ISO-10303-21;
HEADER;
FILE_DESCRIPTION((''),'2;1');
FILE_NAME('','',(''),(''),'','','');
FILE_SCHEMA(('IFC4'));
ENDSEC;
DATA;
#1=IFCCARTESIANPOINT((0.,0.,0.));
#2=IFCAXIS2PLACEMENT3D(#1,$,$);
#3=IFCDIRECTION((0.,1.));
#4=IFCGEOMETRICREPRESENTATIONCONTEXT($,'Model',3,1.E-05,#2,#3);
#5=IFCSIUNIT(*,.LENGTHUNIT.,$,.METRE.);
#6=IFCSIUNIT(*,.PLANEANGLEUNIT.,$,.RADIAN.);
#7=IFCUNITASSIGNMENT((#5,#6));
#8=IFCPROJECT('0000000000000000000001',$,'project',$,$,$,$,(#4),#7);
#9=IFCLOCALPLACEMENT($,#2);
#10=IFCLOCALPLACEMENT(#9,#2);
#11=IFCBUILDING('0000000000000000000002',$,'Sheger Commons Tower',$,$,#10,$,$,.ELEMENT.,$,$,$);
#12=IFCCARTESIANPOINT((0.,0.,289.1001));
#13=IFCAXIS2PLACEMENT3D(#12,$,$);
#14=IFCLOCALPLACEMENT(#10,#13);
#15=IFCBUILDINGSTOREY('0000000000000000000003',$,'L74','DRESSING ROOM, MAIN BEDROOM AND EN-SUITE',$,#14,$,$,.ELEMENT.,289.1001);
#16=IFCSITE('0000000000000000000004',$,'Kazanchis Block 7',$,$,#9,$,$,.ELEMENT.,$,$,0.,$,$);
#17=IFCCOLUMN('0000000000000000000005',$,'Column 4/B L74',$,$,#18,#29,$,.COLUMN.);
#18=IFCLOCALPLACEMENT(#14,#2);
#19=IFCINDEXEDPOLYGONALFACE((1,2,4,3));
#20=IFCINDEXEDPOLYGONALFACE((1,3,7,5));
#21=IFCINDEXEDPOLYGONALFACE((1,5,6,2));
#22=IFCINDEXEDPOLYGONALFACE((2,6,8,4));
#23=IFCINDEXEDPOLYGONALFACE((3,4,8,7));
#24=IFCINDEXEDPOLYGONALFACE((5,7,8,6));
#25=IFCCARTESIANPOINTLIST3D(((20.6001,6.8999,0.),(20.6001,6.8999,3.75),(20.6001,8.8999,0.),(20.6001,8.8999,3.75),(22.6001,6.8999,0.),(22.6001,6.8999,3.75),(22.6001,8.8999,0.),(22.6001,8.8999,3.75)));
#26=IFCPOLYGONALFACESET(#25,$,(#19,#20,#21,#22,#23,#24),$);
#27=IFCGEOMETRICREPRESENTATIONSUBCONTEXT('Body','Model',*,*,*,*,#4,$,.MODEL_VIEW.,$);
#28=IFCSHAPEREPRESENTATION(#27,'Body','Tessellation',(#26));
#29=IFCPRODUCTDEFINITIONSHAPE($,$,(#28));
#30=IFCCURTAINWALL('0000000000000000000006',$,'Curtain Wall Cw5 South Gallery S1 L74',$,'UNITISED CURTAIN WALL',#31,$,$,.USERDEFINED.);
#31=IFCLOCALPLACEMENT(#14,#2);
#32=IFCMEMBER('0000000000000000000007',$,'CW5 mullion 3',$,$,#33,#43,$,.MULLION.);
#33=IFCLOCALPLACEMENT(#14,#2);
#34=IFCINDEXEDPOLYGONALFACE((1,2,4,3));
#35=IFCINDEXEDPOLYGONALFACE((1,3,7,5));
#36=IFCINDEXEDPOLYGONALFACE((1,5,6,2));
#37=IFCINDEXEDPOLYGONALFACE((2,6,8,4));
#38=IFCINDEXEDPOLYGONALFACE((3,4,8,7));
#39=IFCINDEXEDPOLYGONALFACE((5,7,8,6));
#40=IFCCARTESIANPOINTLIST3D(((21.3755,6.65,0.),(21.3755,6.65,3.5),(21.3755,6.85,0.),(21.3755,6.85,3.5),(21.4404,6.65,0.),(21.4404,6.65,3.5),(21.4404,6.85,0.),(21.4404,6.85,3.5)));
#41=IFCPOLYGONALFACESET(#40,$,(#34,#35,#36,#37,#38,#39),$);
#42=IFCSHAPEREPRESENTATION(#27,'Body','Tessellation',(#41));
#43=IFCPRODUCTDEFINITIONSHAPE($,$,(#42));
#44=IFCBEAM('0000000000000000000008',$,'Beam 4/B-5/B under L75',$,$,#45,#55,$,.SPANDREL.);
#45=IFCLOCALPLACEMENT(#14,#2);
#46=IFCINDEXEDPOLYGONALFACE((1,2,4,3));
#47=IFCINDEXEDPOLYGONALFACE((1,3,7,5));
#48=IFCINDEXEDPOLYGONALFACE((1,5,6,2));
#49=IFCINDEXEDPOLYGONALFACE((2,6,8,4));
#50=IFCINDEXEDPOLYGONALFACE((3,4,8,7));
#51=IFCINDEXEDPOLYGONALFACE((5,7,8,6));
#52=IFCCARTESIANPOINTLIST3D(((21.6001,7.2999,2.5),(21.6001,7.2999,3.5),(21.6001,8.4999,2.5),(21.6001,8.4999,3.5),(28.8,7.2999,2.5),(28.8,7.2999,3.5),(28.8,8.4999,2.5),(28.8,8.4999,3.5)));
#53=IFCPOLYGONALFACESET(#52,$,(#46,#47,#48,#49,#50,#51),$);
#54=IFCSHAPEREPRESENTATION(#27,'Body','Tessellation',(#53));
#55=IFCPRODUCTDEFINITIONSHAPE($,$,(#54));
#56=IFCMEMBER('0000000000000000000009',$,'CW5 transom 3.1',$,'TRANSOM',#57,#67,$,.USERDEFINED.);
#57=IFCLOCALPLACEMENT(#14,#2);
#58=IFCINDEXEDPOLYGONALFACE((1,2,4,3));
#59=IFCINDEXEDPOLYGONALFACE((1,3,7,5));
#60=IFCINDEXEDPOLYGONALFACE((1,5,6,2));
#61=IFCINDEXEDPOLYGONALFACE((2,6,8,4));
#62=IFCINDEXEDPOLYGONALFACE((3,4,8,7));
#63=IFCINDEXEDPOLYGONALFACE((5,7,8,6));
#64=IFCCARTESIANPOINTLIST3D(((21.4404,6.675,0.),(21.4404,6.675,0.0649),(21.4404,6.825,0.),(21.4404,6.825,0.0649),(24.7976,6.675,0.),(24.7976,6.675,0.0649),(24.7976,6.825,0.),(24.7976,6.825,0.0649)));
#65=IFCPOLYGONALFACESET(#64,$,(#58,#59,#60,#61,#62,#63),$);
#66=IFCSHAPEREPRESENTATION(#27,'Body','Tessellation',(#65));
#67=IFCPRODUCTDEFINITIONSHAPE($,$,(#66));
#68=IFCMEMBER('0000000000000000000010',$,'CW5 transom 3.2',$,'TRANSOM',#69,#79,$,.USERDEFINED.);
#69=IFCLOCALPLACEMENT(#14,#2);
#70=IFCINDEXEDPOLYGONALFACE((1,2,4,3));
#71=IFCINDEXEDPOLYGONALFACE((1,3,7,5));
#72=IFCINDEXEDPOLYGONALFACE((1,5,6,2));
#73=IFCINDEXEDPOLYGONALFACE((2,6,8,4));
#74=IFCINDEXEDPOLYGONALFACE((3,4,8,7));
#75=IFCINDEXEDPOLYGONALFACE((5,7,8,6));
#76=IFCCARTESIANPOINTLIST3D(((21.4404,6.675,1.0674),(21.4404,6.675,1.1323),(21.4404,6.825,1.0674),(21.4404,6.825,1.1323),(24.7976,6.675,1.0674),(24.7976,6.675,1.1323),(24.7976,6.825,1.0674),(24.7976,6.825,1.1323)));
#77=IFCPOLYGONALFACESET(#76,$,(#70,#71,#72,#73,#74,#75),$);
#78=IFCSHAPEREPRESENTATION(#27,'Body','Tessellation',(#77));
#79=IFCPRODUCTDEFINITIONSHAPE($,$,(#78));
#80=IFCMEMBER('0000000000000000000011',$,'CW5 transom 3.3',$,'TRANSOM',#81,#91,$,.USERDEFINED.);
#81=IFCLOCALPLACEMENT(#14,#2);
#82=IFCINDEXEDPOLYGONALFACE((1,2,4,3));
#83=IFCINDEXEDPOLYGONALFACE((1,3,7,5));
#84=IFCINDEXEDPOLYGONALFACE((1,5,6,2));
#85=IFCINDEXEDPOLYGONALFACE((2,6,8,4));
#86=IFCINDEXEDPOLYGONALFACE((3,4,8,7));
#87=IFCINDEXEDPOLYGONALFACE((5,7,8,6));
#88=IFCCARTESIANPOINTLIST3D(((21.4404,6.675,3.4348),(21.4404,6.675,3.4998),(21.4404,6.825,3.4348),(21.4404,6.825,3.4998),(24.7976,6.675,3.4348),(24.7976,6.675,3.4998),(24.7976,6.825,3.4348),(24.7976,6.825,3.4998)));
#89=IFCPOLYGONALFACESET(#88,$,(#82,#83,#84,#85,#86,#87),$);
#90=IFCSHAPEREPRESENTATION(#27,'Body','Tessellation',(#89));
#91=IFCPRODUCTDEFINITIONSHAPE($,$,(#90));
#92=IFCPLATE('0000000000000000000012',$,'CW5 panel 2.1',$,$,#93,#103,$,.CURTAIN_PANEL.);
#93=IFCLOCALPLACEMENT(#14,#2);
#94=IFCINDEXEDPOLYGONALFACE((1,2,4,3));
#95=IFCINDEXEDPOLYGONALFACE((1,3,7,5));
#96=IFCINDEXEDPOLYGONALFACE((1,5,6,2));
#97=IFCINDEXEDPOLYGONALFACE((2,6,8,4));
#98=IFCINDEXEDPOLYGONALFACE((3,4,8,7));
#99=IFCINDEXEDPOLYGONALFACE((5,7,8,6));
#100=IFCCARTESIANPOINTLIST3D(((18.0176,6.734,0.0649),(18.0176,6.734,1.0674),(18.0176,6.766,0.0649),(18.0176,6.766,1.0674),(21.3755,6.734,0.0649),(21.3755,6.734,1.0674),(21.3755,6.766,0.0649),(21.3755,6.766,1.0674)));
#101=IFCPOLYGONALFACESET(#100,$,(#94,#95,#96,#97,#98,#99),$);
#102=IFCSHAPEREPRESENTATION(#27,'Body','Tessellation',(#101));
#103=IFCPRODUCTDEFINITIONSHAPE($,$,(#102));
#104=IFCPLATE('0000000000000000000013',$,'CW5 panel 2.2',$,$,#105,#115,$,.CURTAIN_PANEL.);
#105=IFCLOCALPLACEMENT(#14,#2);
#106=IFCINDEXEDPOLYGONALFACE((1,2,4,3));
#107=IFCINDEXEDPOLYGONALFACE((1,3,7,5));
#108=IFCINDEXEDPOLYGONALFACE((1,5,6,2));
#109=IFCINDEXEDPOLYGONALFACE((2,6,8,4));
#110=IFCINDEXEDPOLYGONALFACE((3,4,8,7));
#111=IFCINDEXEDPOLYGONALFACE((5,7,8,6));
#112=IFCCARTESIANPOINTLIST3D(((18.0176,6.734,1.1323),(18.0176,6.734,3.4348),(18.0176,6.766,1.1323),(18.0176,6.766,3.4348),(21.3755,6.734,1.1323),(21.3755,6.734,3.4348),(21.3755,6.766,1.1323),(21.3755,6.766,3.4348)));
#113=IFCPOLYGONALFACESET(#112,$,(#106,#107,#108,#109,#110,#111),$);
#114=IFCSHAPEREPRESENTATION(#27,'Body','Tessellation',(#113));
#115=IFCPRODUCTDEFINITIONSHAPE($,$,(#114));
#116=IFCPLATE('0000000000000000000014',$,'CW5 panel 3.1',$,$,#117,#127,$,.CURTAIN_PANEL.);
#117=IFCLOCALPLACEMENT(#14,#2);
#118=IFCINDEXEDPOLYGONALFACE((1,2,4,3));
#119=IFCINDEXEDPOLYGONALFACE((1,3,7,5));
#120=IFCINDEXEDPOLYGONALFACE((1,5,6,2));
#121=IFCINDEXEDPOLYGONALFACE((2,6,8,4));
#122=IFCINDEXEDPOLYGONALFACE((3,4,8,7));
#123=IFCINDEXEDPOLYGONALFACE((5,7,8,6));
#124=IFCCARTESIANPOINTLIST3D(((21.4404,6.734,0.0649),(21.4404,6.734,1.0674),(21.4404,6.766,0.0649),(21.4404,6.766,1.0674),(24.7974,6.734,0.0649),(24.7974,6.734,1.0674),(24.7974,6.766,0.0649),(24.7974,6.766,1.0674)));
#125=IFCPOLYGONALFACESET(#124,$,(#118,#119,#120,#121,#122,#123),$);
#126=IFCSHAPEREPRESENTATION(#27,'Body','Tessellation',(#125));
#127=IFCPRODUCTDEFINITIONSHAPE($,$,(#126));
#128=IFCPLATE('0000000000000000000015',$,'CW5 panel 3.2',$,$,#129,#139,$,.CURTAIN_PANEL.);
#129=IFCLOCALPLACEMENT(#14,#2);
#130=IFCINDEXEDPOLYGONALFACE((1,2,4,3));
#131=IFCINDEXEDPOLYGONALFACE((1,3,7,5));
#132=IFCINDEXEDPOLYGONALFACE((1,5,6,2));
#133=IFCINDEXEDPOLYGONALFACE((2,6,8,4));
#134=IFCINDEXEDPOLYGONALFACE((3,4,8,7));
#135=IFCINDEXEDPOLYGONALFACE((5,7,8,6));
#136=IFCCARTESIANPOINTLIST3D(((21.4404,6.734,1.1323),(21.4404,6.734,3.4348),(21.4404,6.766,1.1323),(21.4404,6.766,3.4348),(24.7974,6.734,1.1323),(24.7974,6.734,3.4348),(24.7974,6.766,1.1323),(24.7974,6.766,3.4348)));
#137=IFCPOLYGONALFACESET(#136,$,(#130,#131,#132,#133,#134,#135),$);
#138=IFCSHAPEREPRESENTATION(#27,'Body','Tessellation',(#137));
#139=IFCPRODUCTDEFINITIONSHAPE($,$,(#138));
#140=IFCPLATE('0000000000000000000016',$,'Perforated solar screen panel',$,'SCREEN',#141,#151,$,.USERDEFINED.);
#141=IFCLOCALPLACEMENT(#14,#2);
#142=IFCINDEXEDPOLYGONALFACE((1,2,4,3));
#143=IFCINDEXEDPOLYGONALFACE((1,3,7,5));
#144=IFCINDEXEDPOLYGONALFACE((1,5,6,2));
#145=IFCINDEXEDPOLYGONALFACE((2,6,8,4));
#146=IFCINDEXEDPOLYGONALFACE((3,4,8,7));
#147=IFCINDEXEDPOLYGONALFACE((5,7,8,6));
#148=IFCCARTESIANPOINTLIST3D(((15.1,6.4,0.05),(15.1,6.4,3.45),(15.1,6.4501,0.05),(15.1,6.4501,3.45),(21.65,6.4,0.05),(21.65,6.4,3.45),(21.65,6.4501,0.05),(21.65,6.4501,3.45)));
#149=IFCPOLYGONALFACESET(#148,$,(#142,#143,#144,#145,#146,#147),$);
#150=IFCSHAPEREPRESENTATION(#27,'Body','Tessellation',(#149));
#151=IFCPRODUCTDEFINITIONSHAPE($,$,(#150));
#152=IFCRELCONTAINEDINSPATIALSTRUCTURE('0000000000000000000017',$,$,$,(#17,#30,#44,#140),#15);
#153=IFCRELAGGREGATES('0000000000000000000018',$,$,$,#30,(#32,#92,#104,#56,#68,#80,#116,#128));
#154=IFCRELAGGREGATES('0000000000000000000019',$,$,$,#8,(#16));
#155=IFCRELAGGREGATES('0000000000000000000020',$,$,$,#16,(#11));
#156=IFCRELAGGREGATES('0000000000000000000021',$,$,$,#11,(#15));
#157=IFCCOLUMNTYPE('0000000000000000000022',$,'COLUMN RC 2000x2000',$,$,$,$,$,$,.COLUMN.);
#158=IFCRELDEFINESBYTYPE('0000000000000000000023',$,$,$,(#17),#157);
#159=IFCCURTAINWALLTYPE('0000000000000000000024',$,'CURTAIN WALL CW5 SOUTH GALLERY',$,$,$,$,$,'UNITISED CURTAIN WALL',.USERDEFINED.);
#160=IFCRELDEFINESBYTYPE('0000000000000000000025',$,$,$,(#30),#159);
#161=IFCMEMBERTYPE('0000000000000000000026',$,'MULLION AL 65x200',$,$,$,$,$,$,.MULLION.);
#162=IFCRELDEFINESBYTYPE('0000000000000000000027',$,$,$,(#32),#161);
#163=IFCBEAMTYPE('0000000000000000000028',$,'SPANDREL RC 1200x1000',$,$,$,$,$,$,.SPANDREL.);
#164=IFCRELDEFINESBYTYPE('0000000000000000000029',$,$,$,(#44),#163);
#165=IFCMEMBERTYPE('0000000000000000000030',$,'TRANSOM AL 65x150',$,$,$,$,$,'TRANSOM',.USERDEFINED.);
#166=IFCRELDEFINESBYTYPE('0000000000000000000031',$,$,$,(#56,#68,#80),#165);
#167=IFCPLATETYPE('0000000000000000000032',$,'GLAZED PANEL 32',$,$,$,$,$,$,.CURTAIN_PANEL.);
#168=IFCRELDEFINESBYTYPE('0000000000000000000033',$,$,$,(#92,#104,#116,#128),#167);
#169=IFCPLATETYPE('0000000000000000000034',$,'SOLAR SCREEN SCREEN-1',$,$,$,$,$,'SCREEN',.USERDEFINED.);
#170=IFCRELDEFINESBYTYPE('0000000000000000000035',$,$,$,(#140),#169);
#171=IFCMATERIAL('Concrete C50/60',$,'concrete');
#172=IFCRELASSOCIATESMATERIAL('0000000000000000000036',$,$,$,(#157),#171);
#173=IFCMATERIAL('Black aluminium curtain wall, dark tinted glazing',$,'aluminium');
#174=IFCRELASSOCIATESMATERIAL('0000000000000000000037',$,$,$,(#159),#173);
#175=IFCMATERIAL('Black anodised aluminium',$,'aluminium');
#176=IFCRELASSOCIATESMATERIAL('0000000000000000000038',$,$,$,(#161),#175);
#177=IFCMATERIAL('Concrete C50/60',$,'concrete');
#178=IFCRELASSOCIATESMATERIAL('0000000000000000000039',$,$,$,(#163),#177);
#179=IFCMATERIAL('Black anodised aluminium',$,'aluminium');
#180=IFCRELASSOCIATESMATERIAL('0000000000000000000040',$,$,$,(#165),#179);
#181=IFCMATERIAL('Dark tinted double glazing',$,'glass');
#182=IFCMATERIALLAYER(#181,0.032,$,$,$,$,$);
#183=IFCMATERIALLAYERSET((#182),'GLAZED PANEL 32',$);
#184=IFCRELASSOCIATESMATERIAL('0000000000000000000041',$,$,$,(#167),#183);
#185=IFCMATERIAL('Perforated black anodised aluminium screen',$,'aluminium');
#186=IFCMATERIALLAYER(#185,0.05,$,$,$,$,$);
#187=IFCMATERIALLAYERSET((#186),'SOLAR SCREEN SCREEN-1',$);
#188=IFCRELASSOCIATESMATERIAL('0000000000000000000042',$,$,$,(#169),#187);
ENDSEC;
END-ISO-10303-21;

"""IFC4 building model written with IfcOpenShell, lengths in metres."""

from ifc_helpers import new_model, si_unit, direction, frame, origin, origin_2d, place, context, subcontext, project, spatial, rectangle, extrude, material, layer, layer_set, material_profile, profile_set, type_object, element, aggregate, save


model = new_model("IFC4")

# Units and contexts
model_context = context("Model", 3, precision=1e-05, world=origin(), true_north=direction((0.0, 1.0)))
body_context = subcontext(model_context, "Body", "Model", "MODEL_VIEW")
ifc_project = project(units=[si_unit("LENGTHUNIT", "METRE"), si_unit("PLANEANGLEUNIT", "RADIAN")], contexts=[model_context])

# Site, building, storey
site_placement = place(None, origin())
site = spatial("IfcSite", under=ifc_project, at=site_placement, Name="Kazanchis Block 7", CompositionType="ELEMENT", RefElevation=0.0)
building_placement = place(site_placement, origin())
building = spatial("IfcBuilding", under=site, at=building_placement, Name="Sheger Commons Tower", CompositionType="ELEMENT")
storey_placement = place(building_placement, frame((0.0, 0.0, 289.1001)))
storey = spatial("IfcBuildingStorey", under=building, at=storey_placement, Name="L74", Description="DRESSING ROOM, MAIN BEDROOM AND EN-SUITE", CompositionType="ELEMENT", Elevation=289.1001)

# Column
ifc_material_1 = material(Name="Concrete C50/60", Category="concrete")
ifc_material_profile_1 = material_profile(ifc_material_1, rectangle(XDim=2.0, YDim=2.0, at=origin_2d()), Name="RC 2000x2000")
ifc_profile_set_1 = profile_set([ifc_material_profile_1], Name="Concrete C50/60")
column_type = type_object("IfcColumnType", Name="COLUMN RC 2000x2000", PredefinedType="COLUMN", material=ifc_profile_set_1)
column_placement = place(storey_placement, frame((21.6001, 7.8999, 0.0), z_axis=(0.0, 0.0, 1.0), x_axis=(1.0, 0.0, 0.0)))
element("IfcColumn", 1, at=column_placement, inside=storey, type_object=column_type, Name="Column 4/B L74", PredefinedType="COLUMN", context=body_context, shape_type="SweptSolid", body=[
    extrude(rectangle(XDim=2.0, YDim=2.0, at=origin_2d()), origin(), (0.0, 0.0, 1.0), 3.75),
])

# Curtain wall, member
ifc_material_2 = material(Name="Black aluminium curtain wall, dark tinted glazing", Category="aluminium")
curtain_wall_type = type_object("IfcCurtainWallType", Name="CURTAIN WALL CW5 SOUTH GALLERY", ElementType="UNITISED CURTAIN WALL", PredefinedType="USERDEFINED", material=ifc_material_2)
curtain_wall_placement = place(storey_placement, origin())
curtain_wall = element("IfcCurtainWall", 2, at=curtain_wall_placement, inside=storey, type_object=curtain_wall_type, Name="Curtain Wall Cw5 South Gallery S1 L74", ObjectType="UNITISED CURTAIN WALL", PredefinedType="USERDEFINED")
ifc_material_3 = material(Name="Black anodised aluminium", Category="aluminium")
ifc_material_profile_2 = material_profile(ifc_material_3, rectangle(XDim=0.2, YDim=0.0649, at=origin_2d()), Name="AL 65x200")
ifc_profile_set_2 = profile_set([ifc_material_profile_2], Name="Black anodised aluminium")
member_type_1 = type_object("IfcMemberType", Name="MULLION AL 65x200", PredefinedType="MULLION", material=ifc_profile_set_2)
member_1_placement = place(storey_placement, frame((21.408, 6.75, 0.0), z_axis=(0.0, 0.0, 1.0), x_axis=(0.0, 1.0, 0.0)))
member_1 = element("IfcMember", 3, at=member_1_placement, type_object=member_type_1, Name="CW5 mullion 3", PredefinedType="MULLION", context=body_context, shape_type="SweptSolid", body=[
    extrude(rectangle(XDim=0.2, YDim=0.0649, at=origin_2d()), origin(), (0.0, 0.0, 1.0), 3.5),
])

# Beam
ifc_material_4 = material(Name="Concrete C50/60", Category="concrete")
ifc_material_profile_3 = material_profile(ifc_material_4, rectangle(XDim=1.2, YDim=1.0, at=origin_2d()), Name="RC 1200x1000")
ifc_profile_set_3 = profile_set([ifc_material_profile_3], Name="Concrete C50/60")
beam_type = type_object("IfcBeamType", Name="SPANDREL RC 1200x1000", PredefinedType="SPANDREL", material=ifc_profile_set_3)
beam_placement = place(storey_placement, frame((21.6001, 7.8999, 3.0), z_axis=(1.0, 0.0, 0.0), x_axis=(0.0, 1.0, 0.0)))
element("IfcBeam", 4, at=beam_placement, inside=storey, type_object=beam_type, Name="Beam 4/B-5/B under L75", PredefinedType="SPANDREL", context=body_context, shape_type="SweptSolid", body=[
    extrude(rectangle(XDim=1.2, YDim=1.0, at=origin_2d()), origin(), (0.0, 0.0, 1.0), 7.2),
])

# Members
ifc_material_5 = material(Name="Black anodised aluminium", Category="aluminium")
ifc_material_profile_4 = material_profile(ifc_material_5, rectangle(XDim=0.1499, YDim=0.0649, at=origin_2d()), Name="AL 65x150")
ifc_profile_set_4 = profile_set([ifc_material_profile_4], Name="Black anodised aluminium")
member_type_2 = type_object("IfcMemberType", Name="TRANSOM AL 65x150", ElementType="TRANSOM", PredefinedType="USERDEFINED", material=ifc_profile_set_4)
member_2_placement = place(storey_placement, frame((21.4404, 6.75, 0.0325), z_axis=(1.0, 0.0, 0.0), x_axis=(0.0, 1.0, 0.0)))
member_2 = element("IfcMember", 5, at=member_2_placement, type_object=member_type_2, Name="CW5 transom 3.1", ObjectType="TRANSOM", PredefinedType="USERDEFINED", context=body_context, shape_type="SweptSolid", body=[
    extrude(rectangle(XDim=0.1499, YDim=0.0649, at=origin_2d()), origin(), (0.0, 0.0, 1.0), 3.3572),
])
member_3_placement = place(storey_placement, frame((21.4404, 6.75, 1.0999), z_axis=(1.0, 0.0, 0.0), x_axis=(0.0, 1.0, 0.0)))
member_3 = element("IfcMember", 6, at=member_3_placement, type_object=member_type_2, Name="CW5 transom 3.2", ObjectType="TRANSOM", PredefinedType="USERDEFINED", context=body_context, shape_type="SweptSolid", body=[
    extrude(rectangle(XDim=0.1499, YDim=0.0649, at=origin_2d()), origin(), (0.0, 0.0, 1.0), 3.3572),
])
member_4_placement = place(storey_placement, frame((21.4404, 6.75, 3.4673), z_axis=(1.0, 0.0, 0.0), x_axis=(0.0, 1.0, 0.0)))
member_4 = element("IfcMember", 7, at=member_4_placement, type_object=member_type_2, Name="CW5 transom 3.3", ObjectType="TRANSOM", PredefinedType="USERDEFINED", context=body_context, shape_type="SweptSolid", body=[
    extrude(rectangle(XDim=0.1499, YDim=0.0649, at=origin_2d()), origin(), (0.0, 0.0, 1.0), 3.3572),
])

# Plates
ifc_material_6 = material(Name="Dark tinted double glazing", Category="glass")
ifc_layer_1 = layer(ifc_material_6, 0.032)
ifc_layer_set_1 = layer_set([ifc_layer_1], Name="GLAZED PANEL 32")
plate_type_1 = type_object("IfcPlateType", Name="GLAZED PANEL 32", PredefinedType="CURTAIN_PANEL", material=ifc_layer_set_1)
plate_1_placement = place(storey_placement, frame((19.6965, 6.75, 0.0649), z_axis=(0.0, 0.0, 1.0), x_axis=(1.0, 0.0, 0.0)))
plate_1 = element("IfcPlate", 8, at=plate_1_placement, type_object=plate_type_1, Name="CW5 panel 2.1", PredefinedType="CURTAIN_PANEL", context=body_context, shape_type="SweptSolid", body=[
    extrude(rectangle(XDim=3.3579, YDim=0.032, at=origin_2d()), origin(), (0.0, 0.0, 1.0), 1.0024),
])
plate_2_placement = place(storey_placement, frame((19.6965, 6.75, 1.1323), z_axis=(0.0, 0.0, 1.0), x_axis=(1.0, 0.0, 0.0)))
plate_2 = element("IfcPlate", 9, at=plate_2_placement, type_object=plate_type_1, Name="CW5 panel 2.2", PredefinedType="CURTAIN_PANEL", context=body_context, shape_type="SweptSolid", body=[
    extrude(rectangle(XDim=3.3579, YDim=0.032, at=origin_2d()), origin(), (0.0, 0.0, 1.0), 2.3025),
])
plate_3_placement = place(storey_placement, frame((23.1189, 6.75, 0.0649), z_axis=(0.0, 0.0, 1.0), x_axis=(1.0, 0.0, 0.0)))
plate_3 = element("IfcPlate", 10, at=plate_3_placement, type_object=plate_type_1, Name="CW5 panel 3.1", PredefinedType="CURTAIN_PANEL", context=body_context, shape_type="SweptSolid", body=[
    extrude(rectangle(XDim=3.3569, YDim=0.032, at=origin_2d()), origin(), (0.0, 0.0, 1.0), 1.0024),
])
plate_4_placement = place(storey_placement, frame((23.1189, 6.75, 1.1323), z_axis=(0.0, 0.0, 1.0), x_axis=(1.0, 0.0, 0.0)))
plate_4 = element("IfcPlate", 11, at=plate_4_placement, type_object=plate_type_1, Name="CW5 panel 3.2", PredefinedType="CURTAIN_PANEL", context=body_context, shape_type="SweptSolid", body=[
    extrude(rectangle(XDim=3.3569, YDim=0.032, at=origin_2d()), origin(), (0.0, 0.0, 1.0), 2.3025),
])
aggregate(curtain_wall, [member_1, plate_1, plate_2, member_2, member_3, member_4, plate_3, plate_4])
ifc_material_7 = material(Name="Perforated black anodised aluminium screen", Category="aluminium")
ifc_layer_2 = layer(ifc_material_7, 0.05)
ifc_layer_set_2 = layer_set([ifc_layer_2], Name="SOLAR SCREEN SCREEN-1")
plate_type_2 = type_object("IfcPlateType", Name="SOLAR SCREEN SCREEN-1", ElementType="SCREEN", PredefinedType="USERDEFINED", material=ifc_layer_set_2)
plate_5_placement = place(storey_placement, frame((18.375, 6.425, 0.05), z_axis=(0.0, 0.0, 1.0), x_axis=(1.0, 0.0, 0.0)))
element("IfcPlate", 12, at=plate_5_placement, inside=storey, type_object=plate_type_2, Name="Perforated solar screen panel", ObjectType="SCREEN", PredefinedType="USERDEFINED", context=body_context, shape_type="SweptSolid", body=[
    extrude(rectangle(XDim=6.55, YDim=0.05, at=origin_2d()), origin(), (0.0, 0.0, 1.0), 3.3999),
])

save(model, "model.ifc")
